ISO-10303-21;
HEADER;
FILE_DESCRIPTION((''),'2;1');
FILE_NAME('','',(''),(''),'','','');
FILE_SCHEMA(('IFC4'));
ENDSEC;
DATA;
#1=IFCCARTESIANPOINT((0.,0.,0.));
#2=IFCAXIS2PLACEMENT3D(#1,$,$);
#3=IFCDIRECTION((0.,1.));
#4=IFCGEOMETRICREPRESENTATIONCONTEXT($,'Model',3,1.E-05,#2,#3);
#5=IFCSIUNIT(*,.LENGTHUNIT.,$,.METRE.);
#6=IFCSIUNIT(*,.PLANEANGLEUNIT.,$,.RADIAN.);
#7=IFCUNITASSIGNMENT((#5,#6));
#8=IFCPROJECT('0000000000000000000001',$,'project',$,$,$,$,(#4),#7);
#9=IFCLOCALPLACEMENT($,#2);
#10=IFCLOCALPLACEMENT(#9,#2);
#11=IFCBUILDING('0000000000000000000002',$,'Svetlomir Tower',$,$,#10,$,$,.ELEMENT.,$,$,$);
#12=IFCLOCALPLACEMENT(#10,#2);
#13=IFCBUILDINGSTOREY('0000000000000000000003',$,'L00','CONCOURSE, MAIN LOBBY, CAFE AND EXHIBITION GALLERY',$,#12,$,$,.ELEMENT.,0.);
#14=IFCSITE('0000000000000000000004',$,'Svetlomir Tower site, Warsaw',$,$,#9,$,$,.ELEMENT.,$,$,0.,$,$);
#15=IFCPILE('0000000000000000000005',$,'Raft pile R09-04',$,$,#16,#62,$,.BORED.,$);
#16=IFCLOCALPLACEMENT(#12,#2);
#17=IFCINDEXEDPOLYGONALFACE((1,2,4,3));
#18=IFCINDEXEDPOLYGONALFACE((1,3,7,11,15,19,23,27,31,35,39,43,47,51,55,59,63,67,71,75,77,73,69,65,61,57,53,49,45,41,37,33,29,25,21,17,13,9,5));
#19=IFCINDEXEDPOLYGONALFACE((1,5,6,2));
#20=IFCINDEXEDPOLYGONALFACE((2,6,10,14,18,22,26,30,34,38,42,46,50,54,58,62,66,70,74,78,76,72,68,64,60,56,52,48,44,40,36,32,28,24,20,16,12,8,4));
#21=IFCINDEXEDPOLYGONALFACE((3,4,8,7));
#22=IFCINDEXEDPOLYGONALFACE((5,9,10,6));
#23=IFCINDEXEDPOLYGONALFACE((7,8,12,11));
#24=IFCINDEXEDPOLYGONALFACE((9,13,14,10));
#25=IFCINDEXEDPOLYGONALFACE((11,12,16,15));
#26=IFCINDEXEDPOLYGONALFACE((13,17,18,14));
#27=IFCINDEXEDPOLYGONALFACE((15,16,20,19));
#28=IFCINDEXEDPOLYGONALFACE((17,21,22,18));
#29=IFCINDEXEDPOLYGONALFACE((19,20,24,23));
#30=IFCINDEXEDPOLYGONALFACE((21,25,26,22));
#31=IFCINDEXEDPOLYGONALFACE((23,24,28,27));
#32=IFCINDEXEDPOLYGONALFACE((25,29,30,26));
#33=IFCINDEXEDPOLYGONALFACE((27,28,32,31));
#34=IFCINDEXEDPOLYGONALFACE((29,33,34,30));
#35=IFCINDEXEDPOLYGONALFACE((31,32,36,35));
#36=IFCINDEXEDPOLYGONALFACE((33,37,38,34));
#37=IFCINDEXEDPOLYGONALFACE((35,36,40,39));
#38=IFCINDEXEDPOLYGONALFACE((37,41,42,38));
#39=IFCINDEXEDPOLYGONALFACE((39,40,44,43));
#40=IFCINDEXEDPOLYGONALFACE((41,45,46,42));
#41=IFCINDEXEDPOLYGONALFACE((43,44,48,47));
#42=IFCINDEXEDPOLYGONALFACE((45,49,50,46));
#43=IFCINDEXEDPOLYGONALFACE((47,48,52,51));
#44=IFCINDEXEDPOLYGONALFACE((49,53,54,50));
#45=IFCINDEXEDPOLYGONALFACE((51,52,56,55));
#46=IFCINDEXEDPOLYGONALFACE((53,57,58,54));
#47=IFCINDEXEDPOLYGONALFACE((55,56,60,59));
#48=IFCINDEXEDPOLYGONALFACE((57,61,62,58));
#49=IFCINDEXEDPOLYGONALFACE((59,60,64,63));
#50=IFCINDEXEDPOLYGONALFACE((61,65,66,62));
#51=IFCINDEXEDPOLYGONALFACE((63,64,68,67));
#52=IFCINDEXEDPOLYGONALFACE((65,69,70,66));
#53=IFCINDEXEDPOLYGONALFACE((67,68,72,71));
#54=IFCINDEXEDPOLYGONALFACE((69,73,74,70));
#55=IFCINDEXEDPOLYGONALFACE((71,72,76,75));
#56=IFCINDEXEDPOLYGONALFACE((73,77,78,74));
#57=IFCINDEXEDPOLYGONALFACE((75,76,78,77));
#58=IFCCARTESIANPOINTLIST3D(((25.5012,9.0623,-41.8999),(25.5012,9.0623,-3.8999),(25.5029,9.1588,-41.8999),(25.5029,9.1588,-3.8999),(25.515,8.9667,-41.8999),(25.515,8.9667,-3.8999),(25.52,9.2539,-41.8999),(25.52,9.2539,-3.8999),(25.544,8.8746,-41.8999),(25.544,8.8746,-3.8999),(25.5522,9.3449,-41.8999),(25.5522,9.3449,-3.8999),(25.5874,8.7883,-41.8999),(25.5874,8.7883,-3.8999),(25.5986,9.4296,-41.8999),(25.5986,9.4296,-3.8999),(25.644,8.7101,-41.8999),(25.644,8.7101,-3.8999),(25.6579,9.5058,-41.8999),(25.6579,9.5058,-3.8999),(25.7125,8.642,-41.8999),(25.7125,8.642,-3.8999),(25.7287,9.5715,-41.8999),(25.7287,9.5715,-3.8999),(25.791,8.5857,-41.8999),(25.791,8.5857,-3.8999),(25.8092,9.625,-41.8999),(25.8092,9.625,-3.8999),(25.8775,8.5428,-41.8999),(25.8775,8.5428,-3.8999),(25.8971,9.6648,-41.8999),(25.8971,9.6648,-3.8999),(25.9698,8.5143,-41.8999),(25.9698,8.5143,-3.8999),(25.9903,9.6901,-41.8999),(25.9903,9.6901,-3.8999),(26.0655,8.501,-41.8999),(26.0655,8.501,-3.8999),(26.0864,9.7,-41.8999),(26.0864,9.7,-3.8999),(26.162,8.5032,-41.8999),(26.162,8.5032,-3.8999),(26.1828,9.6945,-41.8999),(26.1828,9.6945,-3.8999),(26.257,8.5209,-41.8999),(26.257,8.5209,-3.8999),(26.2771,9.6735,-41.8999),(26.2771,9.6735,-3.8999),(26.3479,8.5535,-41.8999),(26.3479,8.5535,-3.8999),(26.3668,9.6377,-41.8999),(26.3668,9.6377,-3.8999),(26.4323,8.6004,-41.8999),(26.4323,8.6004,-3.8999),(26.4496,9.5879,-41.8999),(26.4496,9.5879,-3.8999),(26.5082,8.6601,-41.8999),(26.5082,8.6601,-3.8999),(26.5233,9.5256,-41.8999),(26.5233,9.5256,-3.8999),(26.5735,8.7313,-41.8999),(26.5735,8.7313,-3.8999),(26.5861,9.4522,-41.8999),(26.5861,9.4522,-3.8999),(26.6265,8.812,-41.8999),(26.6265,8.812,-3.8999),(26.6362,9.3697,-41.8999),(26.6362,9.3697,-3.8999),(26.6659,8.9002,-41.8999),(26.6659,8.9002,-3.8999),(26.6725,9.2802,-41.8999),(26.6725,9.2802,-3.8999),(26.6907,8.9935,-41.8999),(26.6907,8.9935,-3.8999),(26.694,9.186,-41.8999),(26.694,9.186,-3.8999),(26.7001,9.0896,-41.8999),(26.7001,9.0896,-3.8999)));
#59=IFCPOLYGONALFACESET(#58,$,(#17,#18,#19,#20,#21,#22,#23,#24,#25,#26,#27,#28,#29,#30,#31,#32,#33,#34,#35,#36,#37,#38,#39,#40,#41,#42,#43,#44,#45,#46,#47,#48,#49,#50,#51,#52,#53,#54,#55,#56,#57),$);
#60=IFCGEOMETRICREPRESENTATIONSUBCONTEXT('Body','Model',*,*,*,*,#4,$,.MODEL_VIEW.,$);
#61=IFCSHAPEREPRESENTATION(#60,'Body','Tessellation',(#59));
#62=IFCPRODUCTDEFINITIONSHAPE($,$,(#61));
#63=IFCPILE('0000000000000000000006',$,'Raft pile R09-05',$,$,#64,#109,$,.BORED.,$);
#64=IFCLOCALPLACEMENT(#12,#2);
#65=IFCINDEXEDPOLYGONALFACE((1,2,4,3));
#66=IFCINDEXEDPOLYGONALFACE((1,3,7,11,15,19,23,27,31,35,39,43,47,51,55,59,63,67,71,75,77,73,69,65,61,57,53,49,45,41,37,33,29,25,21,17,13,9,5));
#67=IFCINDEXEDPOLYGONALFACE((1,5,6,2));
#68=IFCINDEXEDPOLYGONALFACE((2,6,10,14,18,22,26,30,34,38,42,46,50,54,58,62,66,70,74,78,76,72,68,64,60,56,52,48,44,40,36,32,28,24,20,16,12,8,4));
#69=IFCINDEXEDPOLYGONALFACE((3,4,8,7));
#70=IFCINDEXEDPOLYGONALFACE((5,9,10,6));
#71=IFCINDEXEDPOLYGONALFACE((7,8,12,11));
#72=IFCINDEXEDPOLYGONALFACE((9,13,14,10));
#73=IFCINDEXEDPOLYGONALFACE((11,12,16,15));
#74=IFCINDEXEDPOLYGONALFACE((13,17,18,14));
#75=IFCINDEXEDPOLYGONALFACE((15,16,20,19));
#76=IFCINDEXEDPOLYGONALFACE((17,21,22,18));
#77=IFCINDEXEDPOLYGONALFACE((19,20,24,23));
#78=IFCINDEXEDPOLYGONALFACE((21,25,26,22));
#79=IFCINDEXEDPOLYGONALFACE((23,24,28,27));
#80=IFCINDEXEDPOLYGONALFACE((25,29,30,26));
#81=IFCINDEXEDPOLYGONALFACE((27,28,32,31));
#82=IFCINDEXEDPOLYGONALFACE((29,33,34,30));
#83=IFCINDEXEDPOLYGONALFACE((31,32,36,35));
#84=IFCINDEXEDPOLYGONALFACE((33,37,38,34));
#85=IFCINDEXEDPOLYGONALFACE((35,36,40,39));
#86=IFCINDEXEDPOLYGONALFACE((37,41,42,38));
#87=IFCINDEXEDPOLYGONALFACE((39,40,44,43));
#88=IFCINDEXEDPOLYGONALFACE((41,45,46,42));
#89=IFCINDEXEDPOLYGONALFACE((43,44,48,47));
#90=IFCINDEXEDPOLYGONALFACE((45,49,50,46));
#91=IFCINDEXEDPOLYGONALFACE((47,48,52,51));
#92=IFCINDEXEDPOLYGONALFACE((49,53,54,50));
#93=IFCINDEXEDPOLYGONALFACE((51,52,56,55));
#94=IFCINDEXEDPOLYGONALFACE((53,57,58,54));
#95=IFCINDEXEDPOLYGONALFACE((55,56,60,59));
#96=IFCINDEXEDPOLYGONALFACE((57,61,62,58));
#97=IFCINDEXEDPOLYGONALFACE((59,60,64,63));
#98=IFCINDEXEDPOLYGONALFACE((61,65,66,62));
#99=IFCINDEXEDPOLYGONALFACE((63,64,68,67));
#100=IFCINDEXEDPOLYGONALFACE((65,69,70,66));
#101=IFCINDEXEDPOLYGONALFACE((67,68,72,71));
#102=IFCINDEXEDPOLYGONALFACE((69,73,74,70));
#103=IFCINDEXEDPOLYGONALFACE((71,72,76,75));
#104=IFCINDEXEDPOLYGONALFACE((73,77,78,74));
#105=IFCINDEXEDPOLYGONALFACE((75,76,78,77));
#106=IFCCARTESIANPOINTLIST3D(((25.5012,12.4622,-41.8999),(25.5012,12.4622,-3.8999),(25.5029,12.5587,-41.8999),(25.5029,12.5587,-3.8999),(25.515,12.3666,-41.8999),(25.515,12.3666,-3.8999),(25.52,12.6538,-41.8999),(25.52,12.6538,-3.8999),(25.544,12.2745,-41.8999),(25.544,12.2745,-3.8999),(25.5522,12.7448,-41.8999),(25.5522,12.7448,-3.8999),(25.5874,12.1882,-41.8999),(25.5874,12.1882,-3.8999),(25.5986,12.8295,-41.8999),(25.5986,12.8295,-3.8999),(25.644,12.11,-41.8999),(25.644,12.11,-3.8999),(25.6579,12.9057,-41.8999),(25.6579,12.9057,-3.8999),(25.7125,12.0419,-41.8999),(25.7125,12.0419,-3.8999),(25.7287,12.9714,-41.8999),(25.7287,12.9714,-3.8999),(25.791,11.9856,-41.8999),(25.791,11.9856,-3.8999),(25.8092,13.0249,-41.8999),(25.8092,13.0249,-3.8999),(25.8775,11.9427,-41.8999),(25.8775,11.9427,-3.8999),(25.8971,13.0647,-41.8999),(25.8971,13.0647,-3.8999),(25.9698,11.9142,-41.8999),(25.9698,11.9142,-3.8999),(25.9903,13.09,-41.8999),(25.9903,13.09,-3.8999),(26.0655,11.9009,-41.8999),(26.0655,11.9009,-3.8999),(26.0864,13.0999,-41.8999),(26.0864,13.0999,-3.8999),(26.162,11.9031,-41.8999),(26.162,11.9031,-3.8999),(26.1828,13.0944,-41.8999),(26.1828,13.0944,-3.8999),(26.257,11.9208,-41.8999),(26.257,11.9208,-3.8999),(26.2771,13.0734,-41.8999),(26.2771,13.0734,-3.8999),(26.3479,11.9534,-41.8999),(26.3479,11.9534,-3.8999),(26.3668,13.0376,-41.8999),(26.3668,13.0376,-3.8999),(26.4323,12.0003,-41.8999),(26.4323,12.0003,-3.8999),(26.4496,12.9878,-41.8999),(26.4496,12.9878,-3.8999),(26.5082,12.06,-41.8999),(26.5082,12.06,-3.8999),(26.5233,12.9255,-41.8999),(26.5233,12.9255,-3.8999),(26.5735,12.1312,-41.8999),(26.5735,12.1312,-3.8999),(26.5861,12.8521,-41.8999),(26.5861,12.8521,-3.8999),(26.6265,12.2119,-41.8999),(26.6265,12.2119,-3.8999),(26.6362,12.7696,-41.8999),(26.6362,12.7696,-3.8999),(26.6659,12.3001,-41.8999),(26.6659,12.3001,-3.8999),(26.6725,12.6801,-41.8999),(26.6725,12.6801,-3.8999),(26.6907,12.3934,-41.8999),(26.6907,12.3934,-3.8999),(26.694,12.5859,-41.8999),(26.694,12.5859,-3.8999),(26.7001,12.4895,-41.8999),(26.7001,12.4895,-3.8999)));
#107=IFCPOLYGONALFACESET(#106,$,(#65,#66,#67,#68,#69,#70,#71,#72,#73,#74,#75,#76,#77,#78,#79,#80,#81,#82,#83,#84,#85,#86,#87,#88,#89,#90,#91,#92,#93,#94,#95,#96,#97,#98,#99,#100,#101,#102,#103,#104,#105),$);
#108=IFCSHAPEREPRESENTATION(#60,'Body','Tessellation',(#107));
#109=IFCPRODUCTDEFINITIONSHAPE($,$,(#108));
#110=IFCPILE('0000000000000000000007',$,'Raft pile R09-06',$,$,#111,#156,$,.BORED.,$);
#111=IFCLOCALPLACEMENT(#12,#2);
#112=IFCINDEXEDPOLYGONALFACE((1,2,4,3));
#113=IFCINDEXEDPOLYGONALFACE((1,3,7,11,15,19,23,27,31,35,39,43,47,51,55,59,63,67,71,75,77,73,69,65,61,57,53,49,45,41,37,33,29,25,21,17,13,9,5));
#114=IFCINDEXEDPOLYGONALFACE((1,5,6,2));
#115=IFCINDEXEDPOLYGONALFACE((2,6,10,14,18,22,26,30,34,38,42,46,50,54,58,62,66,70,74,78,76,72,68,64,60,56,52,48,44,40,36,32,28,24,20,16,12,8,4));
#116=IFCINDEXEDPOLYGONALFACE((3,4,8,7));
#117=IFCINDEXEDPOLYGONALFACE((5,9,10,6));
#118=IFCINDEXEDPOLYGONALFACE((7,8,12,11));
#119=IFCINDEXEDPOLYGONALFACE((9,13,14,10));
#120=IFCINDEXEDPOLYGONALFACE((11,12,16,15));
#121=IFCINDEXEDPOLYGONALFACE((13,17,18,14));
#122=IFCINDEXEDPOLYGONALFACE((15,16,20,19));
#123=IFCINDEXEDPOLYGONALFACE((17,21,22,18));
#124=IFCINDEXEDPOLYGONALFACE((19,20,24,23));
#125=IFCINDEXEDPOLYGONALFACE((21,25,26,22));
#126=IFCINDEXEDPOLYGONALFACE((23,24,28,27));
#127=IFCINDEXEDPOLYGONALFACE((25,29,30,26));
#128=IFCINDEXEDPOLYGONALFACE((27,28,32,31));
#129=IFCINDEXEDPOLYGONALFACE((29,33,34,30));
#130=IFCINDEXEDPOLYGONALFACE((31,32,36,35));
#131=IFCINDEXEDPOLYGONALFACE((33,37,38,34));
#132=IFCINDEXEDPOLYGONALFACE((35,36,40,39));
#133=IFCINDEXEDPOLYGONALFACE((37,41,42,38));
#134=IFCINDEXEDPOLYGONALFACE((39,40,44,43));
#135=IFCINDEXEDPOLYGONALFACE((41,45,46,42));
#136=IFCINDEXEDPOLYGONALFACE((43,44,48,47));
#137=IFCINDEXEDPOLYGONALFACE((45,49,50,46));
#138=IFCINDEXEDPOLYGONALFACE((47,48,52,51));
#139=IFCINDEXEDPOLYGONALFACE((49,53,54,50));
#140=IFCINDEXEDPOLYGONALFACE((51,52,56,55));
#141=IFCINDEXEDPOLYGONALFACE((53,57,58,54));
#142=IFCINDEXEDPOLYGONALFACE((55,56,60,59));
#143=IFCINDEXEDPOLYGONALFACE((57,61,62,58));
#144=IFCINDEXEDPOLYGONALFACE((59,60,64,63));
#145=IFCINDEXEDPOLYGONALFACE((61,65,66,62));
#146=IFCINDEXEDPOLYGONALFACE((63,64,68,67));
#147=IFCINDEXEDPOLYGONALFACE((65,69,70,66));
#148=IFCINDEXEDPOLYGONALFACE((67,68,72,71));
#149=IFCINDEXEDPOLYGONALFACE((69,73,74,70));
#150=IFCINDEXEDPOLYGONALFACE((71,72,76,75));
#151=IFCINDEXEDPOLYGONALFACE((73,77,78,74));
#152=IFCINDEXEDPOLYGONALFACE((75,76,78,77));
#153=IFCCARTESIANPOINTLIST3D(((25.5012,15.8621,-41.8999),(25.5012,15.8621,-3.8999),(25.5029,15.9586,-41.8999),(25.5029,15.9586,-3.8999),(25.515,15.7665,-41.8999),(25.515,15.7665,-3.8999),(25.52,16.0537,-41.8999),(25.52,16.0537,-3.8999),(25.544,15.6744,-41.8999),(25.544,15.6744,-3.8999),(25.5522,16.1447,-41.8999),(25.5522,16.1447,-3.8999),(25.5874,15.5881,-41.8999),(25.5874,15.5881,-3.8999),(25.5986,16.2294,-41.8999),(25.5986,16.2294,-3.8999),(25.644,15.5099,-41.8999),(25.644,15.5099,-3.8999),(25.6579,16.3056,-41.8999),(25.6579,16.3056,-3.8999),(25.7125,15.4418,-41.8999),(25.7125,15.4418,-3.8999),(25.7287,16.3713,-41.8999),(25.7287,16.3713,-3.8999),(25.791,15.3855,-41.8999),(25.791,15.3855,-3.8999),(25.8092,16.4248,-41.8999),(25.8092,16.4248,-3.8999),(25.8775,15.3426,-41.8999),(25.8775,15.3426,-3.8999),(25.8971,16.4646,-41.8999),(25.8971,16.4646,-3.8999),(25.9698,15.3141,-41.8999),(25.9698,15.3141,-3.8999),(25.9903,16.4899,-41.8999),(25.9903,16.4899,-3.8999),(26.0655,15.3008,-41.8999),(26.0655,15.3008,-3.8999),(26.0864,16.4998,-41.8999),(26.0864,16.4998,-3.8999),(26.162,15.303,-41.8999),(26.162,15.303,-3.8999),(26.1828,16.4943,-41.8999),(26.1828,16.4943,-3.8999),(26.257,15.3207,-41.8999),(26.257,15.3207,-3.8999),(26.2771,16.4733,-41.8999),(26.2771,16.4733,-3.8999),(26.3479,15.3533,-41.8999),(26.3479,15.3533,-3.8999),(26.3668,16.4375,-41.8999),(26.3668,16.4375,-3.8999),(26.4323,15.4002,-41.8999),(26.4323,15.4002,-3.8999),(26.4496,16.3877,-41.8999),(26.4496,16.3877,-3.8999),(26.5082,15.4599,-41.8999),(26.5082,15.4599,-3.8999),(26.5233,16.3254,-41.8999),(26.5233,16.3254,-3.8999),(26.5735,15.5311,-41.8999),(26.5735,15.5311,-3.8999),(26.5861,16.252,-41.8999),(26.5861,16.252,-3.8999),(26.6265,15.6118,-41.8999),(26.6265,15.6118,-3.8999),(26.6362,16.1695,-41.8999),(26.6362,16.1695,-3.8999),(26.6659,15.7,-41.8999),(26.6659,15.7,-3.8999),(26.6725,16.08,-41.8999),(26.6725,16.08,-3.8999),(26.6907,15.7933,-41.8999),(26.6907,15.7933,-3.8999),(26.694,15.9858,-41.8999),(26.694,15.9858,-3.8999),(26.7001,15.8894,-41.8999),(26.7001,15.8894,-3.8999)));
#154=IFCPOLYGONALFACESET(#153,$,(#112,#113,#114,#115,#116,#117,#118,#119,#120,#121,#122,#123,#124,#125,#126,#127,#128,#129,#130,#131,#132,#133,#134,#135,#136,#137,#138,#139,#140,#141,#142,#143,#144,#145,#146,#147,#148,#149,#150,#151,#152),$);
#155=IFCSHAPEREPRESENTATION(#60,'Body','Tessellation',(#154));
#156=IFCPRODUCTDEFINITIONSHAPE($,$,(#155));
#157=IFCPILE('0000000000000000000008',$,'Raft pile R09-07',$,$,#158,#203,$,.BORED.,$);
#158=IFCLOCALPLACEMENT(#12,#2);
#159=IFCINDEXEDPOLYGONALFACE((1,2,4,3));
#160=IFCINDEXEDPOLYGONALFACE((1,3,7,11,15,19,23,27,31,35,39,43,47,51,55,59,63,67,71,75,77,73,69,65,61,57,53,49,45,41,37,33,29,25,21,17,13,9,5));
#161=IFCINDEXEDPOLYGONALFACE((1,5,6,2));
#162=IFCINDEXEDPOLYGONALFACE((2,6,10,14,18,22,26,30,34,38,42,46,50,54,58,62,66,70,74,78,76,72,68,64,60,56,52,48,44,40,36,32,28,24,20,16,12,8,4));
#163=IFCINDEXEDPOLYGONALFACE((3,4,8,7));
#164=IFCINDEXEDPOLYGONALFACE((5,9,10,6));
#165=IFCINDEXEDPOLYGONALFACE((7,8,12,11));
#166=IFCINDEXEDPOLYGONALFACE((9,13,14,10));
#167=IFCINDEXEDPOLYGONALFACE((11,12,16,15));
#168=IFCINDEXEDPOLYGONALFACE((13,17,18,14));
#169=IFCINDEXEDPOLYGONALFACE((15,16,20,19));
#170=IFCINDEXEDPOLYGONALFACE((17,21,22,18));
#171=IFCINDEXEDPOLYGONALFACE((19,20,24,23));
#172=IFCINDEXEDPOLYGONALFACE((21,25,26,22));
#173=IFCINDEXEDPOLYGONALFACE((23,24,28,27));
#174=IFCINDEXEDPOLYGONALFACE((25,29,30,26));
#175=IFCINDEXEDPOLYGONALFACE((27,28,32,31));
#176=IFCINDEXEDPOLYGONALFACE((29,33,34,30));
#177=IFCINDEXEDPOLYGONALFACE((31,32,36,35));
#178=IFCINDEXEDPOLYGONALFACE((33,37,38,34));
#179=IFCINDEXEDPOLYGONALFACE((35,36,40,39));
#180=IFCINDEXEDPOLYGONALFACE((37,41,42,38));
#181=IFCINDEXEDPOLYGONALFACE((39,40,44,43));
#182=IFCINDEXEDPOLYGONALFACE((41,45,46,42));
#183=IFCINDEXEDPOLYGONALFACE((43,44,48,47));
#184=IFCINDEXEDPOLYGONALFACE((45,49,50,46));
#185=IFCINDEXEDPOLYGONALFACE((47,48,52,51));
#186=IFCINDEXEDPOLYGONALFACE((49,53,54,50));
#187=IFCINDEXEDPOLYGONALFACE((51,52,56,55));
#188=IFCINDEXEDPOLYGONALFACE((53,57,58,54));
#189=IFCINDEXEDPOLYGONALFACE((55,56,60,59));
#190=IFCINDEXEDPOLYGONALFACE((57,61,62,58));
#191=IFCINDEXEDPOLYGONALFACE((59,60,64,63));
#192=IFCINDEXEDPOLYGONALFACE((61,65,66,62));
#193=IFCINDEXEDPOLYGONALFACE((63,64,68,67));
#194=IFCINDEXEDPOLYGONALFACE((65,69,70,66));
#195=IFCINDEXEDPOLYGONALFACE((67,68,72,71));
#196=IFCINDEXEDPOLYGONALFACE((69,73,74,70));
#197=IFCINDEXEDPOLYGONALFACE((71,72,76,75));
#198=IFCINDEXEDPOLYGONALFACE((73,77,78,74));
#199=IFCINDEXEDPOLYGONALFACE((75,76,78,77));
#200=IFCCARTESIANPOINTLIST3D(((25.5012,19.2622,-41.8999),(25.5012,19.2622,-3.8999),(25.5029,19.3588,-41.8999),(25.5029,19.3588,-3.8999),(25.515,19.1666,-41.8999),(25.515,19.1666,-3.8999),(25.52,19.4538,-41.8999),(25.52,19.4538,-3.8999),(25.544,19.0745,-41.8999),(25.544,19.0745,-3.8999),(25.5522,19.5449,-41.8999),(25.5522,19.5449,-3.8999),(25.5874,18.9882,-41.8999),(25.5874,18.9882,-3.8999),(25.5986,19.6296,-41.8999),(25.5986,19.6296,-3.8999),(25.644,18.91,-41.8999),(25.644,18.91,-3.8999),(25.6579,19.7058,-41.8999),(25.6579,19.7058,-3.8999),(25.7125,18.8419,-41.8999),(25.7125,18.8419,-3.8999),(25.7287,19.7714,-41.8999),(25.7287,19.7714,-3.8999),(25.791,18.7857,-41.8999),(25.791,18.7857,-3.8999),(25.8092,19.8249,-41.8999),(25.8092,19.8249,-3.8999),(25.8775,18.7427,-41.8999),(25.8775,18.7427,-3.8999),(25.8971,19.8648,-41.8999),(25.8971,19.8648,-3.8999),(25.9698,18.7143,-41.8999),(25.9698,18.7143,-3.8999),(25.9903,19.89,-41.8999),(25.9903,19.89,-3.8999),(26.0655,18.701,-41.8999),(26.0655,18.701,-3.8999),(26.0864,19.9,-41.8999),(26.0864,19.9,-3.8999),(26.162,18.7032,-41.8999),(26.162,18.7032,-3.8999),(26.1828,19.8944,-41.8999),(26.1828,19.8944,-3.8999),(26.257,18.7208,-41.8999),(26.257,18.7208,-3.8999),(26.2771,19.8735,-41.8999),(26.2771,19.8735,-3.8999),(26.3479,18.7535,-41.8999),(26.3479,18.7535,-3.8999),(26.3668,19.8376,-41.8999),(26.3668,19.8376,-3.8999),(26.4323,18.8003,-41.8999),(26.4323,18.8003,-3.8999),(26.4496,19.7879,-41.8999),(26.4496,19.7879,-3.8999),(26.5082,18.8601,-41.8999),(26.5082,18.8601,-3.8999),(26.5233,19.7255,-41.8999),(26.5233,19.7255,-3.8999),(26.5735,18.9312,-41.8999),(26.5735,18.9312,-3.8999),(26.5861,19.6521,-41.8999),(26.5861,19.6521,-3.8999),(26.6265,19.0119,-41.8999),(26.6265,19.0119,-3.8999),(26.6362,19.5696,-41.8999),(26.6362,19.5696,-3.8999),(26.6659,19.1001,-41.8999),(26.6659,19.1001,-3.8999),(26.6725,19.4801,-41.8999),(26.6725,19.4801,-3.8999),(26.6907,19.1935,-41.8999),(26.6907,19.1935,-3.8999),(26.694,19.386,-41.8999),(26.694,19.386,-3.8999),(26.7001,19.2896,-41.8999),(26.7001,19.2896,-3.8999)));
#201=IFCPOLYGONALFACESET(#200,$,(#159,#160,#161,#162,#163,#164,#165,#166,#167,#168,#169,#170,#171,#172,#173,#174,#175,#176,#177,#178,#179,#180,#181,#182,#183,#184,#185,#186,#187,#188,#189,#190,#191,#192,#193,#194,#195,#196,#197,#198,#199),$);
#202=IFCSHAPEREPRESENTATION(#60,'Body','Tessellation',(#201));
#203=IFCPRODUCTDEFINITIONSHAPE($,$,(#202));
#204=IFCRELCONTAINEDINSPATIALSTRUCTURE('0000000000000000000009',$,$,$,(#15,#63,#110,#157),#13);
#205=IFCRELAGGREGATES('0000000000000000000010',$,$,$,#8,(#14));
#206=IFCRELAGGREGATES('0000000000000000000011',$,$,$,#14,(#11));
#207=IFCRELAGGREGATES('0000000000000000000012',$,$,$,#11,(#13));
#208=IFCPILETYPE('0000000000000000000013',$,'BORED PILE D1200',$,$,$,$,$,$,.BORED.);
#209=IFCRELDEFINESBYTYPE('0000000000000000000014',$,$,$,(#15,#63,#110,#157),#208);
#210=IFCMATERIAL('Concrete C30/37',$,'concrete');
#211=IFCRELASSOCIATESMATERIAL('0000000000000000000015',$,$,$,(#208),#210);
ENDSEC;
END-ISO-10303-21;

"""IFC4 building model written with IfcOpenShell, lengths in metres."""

from ifc_helpers import new_model, si_unit, direction, frame, frame_2d, origin, origin_2d, place, context, subcontext, project, spatial, circle, extrude, material, material_profile, profile_set, type_object, element, save


model = new_model("IFC4")

# Units and contexts
model_context = context("Model", 3, precision=1e-05, world=origin(), true_north=direction((0.0, 1.0)))
body_context = subcontext(model_context, "Body", "Model", "MODEL_VIEW")
ifc_project = project(units=[si_unit("LENGTHUNIT", "METRE"), si_unit("PLANEANGLEUNIT", "RADIAN")], contexts=[model_context])

# Site, building, storey
site_placement = place(None, origin())
site = spatial("IfcSite", under=ifc_project, at=site_placement, Name="Svetlomir Tower site, Warsaw", CompositionType="ELEMENT", RefElevation=0.0)
building_placement = place(site_placement, origin())
building = spatial("IfcBuilding", under=site, at=building_placement, Name="Svetlomir Tower", CompositionType="ELEMENT")
storey_placement = place(building_placement, origin())
storey = spatial("IfcBuildingStorey", under=building, at=storey_placement, Name="L00", Description="CONCOURSE, MAIN LOBBY, CAFE AND EXHIBITION GALLERY", CompositionType="ELEMENT", Elevation=0.0)

# Piles
ifc_material_1 = material(Name="Concrete C30/37", Category="concrete")
ifc_material_profile = material_profile(ifc_material_1, circle(Radius=0.6001, at=origin_2d()), Name="D1200")
ifc_profile_set = profile_set([ifc_material_profile], Name="Concrete C30/37")
pile_type = type_object("IfcPileType", Name="BORED PILE D1200", PredefinedType="BORED", material=ifc_profile_set)
for number, where, z_axis, x_axis, name in (
    (1, (26.1001, 9.1001, -3.8999), (0.0, 0.0, -1.0), (1.0, 0.0, 0.0), "Raft pile R09-04"),
    (2, (26.1001, 12.5, -3.8999), (0.0, 0.0, -1.0), (1.0, 0.0, 0.0), "Raft pile R09-05"),
    (3, (26.1001, 15.8999, -3.8999), (0.0, 0.0, -1.0), (1.0, 0.0, 0.0), "Raft pile R09-06"),
    (4, (26.1001, 19.3, -3.8999), (0.0, 0.0, -1.0), (1.0, 0.0, 0.0), "Raft pile R09-07"),
):
    element("IfcPile", number, at=place(storey_placement, frame(where, z_axis=z_axis, x_axis=x_axis)), inside=storey, type_object=pile_type, Name=name, PredefinedType="BORED", context=body_context, shape_type="SweptSolid", body=[
        extrude(circle(Radius=0.6001, at=frame_2d((0.0, 0.0), x_axis=(0.999848, 0.017452))), origin(), (0.0, 0.0, 1.0), 38.0),
    ])

save(model, "model.ifc")
